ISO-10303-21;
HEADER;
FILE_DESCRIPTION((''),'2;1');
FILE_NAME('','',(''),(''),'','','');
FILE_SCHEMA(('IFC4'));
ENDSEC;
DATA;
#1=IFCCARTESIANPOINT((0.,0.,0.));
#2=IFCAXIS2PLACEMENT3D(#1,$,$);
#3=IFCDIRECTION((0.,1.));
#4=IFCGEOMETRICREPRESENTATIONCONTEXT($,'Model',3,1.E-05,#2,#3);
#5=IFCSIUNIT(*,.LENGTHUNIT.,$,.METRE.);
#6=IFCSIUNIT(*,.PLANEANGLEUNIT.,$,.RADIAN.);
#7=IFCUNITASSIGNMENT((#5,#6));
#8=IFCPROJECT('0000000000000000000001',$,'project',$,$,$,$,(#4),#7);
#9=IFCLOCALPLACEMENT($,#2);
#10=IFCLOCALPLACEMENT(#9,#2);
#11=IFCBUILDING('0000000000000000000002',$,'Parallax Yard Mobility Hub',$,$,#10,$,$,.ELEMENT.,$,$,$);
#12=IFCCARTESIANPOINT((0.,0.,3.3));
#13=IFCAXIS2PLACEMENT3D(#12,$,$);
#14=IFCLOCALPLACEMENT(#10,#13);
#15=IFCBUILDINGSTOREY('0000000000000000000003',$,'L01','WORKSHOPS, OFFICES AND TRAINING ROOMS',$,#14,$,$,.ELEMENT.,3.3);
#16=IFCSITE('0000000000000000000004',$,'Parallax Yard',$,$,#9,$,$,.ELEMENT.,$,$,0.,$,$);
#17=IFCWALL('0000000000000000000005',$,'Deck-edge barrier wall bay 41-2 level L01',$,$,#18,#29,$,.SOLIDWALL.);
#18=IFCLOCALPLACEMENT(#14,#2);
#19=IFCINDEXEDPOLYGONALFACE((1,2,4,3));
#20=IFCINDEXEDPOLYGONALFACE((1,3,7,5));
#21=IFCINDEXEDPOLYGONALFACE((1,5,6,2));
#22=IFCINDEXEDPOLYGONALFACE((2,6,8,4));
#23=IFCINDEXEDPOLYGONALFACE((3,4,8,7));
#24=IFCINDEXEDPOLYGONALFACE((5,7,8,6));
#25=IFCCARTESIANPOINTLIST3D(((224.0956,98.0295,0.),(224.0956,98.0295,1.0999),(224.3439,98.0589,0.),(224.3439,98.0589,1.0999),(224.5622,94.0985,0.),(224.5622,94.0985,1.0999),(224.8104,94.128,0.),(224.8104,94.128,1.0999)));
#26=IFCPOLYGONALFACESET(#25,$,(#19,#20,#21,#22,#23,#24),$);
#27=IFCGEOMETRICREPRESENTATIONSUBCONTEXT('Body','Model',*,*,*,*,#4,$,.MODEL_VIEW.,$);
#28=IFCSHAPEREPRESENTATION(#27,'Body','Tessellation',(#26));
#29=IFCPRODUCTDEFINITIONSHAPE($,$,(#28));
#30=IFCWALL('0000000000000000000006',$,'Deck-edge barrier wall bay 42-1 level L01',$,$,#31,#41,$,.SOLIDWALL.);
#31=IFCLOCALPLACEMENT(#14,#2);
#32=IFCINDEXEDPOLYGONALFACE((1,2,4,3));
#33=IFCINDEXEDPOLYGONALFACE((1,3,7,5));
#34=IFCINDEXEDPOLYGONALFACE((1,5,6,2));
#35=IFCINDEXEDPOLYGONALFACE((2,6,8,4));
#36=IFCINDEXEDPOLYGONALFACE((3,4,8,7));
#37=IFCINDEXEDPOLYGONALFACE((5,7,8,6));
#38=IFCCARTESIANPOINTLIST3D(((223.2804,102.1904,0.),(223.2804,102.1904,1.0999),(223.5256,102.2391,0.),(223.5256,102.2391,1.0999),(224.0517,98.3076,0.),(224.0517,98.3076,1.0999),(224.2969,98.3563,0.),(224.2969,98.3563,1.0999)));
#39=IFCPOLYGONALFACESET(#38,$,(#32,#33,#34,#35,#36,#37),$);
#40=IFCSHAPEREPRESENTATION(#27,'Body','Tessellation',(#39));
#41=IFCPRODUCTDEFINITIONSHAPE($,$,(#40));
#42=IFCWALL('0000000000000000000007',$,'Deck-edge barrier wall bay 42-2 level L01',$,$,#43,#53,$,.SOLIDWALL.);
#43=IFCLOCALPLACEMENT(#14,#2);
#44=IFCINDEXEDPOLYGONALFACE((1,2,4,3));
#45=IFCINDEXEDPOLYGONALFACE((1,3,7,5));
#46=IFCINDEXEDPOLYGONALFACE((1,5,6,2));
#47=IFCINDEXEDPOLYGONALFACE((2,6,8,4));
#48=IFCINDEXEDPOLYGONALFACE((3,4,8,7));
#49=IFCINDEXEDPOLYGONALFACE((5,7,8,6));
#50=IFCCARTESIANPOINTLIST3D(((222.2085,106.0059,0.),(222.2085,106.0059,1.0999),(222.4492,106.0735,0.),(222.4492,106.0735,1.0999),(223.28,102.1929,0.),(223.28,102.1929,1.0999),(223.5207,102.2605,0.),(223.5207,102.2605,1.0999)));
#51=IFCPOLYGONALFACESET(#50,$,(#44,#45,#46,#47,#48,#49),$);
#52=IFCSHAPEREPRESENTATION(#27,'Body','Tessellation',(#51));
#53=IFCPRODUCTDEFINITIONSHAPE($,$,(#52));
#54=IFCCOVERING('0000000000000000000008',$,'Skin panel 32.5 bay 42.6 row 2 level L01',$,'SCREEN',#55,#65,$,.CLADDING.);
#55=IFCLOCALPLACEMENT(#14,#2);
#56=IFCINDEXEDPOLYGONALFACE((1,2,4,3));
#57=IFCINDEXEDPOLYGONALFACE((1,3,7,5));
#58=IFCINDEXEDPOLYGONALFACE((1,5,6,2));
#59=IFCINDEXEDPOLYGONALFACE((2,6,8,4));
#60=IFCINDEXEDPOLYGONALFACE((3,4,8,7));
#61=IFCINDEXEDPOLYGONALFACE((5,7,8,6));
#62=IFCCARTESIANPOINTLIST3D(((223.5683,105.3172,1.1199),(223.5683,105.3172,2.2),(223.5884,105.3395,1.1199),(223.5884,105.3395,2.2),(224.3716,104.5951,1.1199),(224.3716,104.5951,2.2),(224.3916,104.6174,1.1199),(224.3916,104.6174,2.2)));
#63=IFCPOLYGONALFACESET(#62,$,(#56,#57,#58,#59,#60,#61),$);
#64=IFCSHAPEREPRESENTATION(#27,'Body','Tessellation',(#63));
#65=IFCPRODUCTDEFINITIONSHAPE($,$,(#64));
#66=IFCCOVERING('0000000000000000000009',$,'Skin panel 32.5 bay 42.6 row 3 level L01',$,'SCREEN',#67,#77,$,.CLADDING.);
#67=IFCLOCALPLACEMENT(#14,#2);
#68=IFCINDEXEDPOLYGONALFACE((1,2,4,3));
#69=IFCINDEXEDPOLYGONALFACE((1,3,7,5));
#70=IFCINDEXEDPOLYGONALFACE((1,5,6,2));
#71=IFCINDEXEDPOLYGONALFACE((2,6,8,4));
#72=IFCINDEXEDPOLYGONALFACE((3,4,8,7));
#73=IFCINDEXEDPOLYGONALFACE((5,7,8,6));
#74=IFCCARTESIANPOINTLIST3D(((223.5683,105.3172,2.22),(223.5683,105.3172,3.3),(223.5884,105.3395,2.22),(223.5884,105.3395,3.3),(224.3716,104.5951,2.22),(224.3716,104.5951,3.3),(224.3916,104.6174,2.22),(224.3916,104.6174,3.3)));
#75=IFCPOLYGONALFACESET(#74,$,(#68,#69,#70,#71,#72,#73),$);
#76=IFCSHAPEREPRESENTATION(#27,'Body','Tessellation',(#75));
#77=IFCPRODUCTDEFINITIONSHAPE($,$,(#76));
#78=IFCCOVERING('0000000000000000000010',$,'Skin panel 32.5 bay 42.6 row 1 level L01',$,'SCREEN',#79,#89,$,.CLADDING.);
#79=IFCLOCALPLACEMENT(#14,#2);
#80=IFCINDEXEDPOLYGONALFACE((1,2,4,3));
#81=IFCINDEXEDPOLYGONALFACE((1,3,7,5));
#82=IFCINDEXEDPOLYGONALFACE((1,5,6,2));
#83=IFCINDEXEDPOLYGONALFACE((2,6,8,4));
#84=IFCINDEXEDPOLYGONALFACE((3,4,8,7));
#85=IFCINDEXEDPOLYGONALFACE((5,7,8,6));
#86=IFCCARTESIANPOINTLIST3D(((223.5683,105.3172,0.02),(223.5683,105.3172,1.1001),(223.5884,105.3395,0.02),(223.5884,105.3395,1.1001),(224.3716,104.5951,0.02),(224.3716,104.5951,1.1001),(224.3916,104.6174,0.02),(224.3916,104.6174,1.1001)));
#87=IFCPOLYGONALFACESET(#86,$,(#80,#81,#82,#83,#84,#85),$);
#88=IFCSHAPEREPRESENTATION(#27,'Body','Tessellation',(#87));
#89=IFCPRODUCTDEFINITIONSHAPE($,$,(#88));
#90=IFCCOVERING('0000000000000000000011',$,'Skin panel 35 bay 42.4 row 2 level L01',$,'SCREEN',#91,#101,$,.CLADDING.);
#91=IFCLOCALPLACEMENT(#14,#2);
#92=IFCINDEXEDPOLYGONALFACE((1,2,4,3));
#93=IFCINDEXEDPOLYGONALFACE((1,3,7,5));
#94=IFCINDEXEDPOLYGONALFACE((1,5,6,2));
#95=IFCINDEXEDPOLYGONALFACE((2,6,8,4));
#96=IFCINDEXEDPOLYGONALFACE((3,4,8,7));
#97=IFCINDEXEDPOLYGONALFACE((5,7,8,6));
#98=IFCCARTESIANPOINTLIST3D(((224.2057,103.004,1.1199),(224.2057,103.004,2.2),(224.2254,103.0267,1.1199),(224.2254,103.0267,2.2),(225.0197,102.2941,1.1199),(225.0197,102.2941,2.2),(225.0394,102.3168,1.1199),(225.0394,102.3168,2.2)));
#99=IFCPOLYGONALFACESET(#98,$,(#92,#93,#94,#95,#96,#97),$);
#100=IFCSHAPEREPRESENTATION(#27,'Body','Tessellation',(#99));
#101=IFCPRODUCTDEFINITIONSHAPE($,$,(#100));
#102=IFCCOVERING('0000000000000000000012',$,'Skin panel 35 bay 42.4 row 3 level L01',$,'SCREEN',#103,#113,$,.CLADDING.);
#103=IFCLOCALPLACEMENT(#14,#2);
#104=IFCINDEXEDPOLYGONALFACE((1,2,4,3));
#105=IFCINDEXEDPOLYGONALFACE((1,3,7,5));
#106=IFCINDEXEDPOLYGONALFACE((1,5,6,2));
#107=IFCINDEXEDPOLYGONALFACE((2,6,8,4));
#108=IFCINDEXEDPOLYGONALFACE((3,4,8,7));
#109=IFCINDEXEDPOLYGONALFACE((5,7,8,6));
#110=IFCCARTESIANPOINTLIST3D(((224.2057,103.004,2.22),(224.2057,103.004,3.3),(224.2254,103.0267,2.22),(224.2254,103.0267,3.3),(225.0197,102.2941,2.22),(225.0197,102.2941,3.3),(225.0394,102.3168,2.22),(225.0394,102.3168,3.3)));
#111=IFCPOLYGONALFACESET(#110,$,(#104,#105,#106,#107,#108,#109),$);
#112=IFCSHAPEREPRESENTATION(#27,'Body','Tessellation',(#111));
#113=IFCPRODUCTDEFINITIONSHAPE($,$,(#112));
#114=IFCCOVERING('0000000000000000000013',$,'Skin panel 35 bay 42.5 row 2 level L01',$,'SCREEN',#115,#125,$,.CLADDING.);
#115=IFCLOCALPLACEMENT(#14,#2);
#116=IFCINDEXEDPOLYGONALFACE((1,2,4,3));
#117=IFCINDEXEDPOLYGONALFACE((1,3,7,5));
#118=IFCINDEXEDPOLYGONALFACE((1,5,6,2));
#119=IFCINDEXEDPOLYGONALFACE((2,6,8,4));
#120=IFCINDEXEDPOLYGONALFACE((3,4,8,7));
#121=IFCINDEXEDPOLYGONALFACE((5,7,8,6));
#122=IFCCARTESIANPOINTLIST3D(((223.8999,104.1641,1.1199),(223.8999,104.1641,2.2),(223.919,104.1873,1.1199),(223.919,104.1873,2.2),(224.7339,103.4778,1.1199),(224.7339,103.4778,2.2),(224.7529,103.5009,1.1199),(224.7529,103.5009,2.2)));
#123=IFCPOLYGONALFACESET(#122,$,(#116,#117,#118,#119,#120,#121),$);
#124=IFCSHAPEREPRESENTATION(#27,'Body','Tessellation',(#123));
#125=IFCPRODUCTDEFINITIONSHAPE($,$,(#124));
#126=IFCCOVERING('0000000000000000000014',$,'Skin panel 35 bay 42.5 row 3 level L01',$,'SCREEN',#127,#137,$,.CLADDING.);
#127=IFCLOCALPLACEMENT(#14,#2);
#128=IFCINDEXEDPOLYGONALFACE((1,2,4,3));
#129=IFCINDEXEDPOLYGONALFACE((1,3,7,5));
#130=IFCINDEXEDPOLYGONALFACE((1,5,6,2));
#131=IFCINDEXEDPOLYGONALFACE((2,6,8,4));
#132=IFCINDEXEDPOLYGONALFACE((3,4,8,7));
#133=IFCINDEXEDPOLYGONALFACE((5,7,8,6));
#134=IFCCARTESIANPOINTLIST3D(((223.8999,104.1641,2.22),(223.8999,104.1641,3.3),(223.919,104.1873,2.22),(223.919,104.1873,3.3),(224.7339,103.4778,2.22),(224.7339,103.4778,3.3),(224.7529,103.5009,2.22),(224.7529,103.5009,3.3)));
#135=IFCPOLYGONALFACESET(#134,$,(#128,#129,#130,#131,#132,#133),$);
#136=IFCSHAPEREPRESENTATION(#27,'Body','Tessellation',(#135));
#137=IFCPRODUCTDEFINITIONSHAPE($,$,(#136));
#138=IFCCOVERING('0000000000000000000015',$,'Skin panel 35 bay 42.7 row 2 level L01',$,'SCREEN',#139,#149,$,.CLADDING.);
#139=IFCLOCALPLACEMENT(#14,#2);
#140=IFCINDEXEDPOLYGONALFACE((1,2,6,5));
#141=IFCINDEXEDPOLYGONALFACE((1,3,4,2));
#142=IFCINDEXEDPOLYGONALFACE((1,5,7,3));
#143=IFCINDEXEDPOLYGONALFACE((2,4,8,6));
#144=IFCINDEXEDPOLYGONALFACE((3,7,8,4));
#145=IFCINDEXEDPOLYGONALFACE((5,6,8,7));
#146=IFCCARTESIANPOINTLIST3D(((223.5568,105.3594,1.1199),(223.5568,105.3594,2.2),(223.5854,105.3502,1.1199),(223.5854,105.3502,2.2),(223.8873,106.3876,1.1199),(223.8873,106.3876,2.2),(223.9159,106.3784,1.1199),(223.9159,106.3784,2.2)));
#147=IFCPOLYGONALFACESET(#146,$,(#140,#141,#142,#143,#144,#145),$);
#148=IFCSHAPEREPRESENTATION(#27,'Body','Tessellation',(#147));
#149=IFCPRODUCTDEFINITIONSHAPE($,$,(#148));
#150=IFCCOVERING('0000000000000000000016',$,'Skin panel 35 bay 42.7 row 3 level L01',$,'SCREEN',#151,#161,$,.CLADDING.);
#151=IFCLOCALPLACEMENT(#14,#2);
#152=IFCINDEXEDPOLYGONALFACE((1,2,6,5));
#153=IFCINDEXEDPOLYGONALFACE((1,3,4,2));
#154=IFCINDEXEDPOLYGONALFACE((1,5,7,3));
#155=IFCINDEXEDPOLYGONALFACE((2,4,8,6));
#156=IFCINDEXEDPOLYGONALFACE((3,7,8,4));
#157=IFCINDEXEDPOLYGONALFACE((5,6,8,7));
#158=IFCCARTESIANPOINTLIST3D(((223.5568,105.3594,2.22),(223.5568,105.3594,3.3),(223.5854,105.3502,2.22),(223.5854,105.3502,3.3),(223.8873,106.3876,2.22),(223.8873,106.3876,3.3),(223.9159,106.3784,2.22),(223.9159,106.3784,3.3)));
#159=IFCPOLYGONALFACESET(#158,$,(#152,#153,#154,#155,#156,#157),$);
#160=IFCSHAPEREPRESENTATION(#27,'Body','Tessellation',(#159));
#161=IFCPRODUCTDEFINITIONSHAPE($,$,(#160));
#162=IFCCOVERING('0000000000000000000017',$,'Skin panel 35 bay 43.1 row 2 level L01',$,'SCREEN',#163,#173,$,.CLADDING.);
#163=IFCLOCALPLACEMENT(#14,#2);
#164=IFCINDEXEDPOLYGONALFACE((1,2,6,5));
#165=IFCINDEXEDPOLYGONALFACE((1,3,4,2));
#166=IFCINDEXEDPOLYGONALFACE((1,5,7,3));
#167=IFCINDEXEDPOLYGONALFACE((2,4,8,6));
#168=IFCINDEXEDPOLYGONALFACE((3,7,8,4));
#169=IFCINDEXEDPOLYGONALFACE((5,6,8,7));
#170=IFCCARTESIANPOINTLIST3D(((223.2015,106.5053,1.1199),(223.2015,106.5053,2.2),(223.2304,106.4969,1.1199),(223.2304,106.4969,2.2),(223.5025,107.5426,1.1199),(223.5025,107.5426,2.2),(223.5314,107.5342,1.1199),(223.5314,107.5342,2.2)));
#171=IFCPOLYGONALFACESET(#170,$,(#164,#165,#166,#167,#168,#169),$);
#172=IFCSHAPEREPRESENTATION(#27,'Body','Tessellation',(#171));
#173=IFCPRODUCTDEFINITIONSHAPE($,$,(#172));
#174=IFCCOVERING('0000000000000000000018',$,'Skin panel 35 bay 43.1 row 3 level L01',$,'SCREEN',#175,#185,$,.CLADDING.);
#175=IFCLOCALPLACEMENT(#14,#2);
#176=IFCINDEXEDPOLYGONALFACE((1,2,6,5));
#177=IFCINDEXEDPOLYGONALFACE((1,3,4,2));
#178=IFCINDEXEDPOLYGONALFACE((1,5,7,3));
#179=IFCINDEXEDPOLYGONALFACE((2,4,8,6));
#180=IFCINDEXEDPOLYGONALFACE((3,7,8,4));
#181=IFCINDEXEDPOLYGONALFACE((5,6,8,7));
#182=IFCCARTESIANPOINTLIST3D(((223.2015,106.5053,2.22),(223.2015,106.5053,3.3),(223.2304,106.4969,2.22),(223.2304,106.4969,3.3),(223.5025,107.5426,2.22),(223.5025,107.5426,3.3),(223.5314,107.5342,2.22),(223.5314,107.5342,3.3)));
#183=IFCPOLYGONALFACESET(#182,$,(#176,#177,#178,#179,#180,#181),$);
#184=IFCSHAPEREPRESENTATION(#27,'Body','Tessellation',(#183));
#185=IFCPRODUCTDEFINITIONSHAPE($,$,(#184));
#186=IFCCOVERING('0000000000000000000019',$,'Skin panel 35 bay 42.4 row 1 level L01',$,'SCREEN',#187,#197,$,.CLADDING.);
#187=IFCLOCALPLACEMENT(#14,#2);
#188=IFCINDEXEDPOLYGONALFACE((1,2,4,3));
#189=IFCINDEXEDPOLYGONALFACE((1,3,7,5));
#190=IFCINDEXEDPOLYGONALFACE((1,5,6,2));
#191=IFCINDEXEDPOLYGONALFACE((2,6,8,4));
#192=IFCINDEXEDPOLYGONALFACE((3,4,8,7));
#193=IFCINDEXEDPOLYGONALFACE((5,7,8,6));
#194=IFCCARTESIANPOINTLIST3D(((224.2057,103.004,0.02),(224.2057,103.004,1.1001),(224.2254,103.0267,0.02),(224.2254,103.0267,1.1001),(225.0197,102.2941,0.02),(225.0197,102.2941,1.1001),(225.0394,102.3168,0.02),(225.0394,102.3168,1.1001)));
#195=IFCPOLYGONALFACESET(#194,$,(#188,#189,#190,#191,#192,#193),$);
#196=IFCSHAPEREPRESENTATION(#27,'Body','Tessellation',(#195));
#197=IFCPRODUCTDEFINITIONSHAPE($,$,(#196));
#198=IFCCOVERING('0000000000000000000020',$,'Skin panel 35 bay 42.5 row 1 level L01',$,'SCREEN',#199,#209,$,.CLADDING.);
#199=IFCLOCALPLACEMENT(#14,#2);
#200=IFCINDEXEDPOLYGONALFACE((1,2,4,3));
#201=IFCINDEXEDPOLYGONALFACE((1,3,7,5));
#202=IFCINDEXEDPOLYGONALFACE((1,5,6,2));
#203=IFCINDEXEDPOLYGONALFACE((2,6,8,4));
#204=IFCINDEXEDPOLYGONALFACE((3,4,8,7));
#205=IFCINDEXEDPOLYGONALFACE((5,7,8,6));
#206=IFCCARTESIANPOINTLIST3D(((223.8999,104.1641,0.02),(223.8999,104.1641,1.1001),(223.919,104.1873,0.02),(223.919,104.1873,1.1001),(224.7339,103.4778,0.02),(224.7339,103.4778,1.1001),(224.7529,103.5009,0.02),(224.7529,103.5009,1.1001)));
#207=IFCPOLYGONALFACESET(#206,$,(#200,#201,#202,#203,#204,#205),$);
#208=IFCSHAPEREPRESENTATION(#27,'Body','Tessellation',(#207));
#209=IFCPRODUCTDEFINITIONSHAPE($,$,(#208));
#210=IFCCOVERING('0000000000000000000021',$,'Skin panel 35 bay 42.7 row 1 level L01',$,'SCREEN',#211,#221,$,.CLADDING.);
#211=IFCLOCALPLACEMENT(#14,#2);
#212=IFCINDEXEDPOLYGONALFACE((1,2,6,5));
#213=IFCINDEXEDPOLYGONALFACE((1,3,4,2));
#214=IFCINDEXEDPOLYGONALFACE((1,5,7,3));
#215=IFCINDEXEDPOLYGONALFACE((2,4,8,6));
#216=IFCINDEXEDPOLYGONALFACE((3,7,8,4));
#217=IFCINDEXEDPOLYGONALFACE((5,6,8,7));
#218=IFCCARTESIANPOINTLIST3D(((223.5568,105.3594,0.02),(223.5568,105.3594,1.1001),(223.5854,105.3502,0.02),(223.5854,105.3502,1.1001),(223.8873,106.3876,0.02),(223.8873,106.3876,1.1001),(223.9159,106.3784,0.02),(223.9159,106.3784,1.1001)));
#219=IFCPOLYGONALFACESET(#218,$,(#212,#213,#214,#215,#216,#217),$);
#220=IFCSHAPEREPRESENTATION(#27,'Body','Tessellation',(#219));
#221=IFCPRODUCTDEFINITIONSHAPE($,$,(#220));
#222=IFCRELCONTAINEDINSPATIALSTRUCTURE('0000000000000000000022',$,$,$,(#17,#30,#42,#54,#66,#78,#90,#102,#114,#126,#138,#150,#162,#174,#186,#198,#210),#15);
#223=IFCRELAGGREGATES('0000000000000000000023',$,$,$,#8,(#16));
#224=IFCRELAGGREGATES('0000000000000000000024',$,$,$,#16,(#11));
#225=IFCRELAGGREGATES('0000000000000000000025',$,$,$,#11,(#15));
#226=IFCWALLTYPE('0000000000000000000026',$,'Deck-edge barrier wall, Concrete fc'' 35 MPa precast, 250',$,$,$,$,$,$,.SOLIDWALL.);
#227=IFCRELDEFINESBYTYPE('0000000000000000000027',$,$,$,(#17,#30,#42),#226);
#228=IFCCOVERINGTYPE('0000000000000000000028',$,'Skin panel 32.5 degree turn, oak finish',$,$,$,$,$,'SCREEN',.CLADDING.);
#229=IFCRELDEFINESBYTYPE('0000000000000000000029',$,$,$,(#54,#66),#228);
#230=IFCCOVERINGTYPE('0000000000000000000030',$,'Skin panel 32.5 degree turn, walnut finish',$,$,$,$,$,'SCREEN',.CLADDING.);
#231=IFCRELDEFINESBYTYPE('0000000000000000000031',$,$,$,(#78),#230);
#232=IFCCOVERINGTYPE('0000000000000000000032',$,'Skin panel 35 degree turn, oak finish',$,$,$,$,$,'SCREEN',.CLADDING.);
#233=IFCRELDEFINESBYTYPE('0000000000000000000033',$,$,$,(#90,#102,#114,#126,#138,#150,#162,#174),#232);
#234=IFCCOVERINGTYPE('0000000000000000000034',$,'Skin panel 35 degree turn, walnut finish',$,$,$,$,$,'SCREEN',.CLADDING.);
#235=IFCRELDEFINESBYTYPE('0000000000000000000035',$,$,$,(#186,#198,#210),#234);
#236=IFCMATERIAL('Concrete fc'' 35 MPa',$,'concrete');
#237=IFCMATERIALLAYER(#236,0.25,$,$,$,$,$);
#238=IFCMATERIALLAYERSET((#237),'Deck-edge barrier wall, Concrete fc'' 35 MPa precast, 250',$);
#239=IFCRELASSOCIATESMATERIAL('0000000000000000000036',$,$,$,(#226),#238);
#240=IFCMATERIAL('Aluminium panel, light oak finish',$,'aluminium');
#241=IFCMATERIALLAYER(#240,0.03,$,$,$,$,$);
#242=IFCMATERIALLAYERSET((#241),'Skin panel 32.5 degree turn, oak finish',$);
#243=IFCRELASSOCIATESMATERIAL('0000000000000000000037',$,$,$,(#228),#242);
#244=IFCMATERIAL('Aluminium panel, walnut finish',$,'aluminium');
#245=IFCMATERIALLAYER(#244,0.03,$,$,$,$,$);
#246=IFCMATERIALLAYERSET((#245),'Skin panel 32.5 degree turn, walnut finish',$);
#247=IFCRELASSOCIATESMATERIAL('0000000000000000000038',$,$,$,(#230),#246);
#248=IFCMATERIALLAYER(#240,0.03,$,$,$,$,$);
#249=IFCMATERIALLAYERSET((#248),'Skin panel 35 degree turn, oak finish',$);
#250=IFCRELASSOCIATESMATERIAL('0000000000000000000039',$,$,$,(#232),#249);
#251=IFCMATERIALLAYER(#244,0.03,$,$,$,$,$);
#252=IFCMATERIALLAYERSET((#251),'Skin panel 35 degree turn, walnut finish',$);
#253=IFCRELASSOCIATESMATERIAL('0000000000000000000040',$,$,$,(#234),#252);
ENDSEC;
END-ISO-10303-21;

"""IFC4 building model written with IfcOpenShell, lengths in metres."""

from ifc_helpers import new_model, si_unit, direction, frame, frame_2d, origin, origin_2d, place, context, subcontext, project, spatial, rectangle, extrude, material, layer, layer_set, type_object, element, save


model = new_model("IFC4")

# Units and contexts
model_context = context("Model", 3, precision=1e-05, world=origin(), true_north=direction((0.0, 1.0)))
body_context = subcontext(model_context, "Body", "Model", "MODEL_VIEW")
ifc_project = project(units=[si_unit("LENGTHUNIT", "METRE"), si_unit("PLANEANGLEUNIT", "RADIAN")], contexts=[model_context])

# Site, building, storey
site_placement = place(None, origin())
site = spatial("IfcSite", under=ifc_project, at=site_placement, Name="Parallax Yard", CompositionType="ELEMENT", RefElevation=0.0)
building_placement = place(site_placement, origin())
building = spatial("IfcBuilding", under=site, at=building_placement, Name="Parallax Yard Mobility Hub", CompositionType="ELEMENT")
storey_placement = place(building_placement, frame((0.0, 0.0, 3.3)))
storey = spatial("IfcBuildingStorey", under=building, at=storey_placement, Name="L01", Description="WORKSHOPS, OFFICES AND TRAINING ROOMS", CompositionType="ELEMENT", Elevation=3.3)

# Walls
ifc_material_1 = material(Name="Concrete fc' 35 MPa", Category="concrete")
ifc_layer_1 = layer(ifc_material_1, 0.25)
ifc_layer_set_1 = layer_set([ifc_layer_1], Name="Deck-edge barrier wall, Concrete fc' 35 MPa precast, 250")
wall_type = type_object("IfcWallType", Name="Deck-edge barrier wall, Concrete fc' 35 MPa precast, 250", PredefinedType="SOLIDWALL", material=ifc_layer_set_1)
wall_1_placement = place(storey_placement, frame((224.6863, 94.1133, 0.0), z_axis=(0.0, 0.0, 1.0), x_axis=(-0.117861, 0.99303, 0.0)))
element("IfcWall", 1, at=wall_1_placement, inside=storey, type_object=wall_type, Name="Deck-edge barrier wall bay 41-2 level L01", PredefinedType="SOLIDWALL", context=body_context, shape_type="SweptSolid", body=[
    extrude(rectangle(XDim=3.9585, YDim=0.25, at=frame_2d((1.9792, 0.0))), origin(), (0.0, 0.0, 1.0), 1.0999),
])
wall_2_placement = place(storey_placement, frame((224.1743, 98.3318, 0.0), z_axis=(0.0, 0.0, 1.0), x_axis=(-0.194823, 0.980838, 0.0)))
element("IfcWall", 2, at=wall_2_placement, inside=storey, type_object=wall_type, Name="Deck-edge barrier wall bay 42-1 level L01", PredefinedType="SOLIDWALL", context=body_context, shape_type="SweptSolid", body=[
    extrude(rectangle(XDim=3.9587, YDim=0.25, at=frame_2d((1.9795, 0.0))), origin(), (0.0, 0.0, 1.0), 1.0999),
])
wall_3_placement = place(storey_placement, frame((223.4004, 102.2266, 0.0), z_axis=(0.0, 0.0, 1.0), x_axis=(-0.270542, 0.962708, 0.0)))
element("IfcWall", 3, at=wall_3_placement, inside=storey, type_object=wall_type, Name="Deck-edge barrier wall bay 42-2 level L01", PredefinedType="SOLIDWALL", context=body_context, shape_type="SweptSolid", body=[
    extrude(rectangle(XDim=3.9607, YDim=0.25, at=frame_2d((1.9805, 0.0))), origin(), (0.0, 0.0, 1.0), 1.0999),
])

# Coverings
ifc_material_2 = material(Name="Aluminium panel, light oak finish", Category="aluminium")
ifc_layer_2 = layer(ifc_material_2, 0.03)
ifc_layer_set_2 = layer_set([ifc_layer_2], Name="Skin panel 32.5 degree turn, oak finish")
covering_type_1 = type_object("IfcCoveringType", Name="Skin panel 32.5 degree turn, oak finish", ElementType="SCREEN", PredefinedType="CLADDING", material=ifc_layer_set_2)
for number, where, z_axis, x_axis, name in (
    (4, (223.98, 104.9673, 1.1199), (0.0, 0.0, 1.0), (0.743676, -0.66854, 0.0), "Skin panel 32.5 bay 42.6 row 2 level L01"),
    (5, (223.98, 104.9673, 2.22), (0.0, 0.0, 1.0), (0.743676, -0.66854, 0.0), "Skin panel 32.5 bay 42.6 row 3 level L01"),
):
    element("IfcCovering", number, at=place(storey_placement, frame(where, z_axis=z_axis, x_axis=x_axis)), inside=storey, type_object=covering_type_1, Name=name, ObjectType="SCREEN", PredefinedType="CLADDING", context=body_context, shape_type="SweptSolid", body=[
        extrude(rectangle(XDim=1.0801, YDim=0.03, at=origin_2d()), origin(), (0.0, 0.0, 1.0), 1.0801),
    ])
ifc_material_3 = material(Name="Aluminium panel, walnut finish", Category="aluminium")
ifc_layer_3 = layer(ifc_material_3, 0.03)
ifc_layer_set_3 = layer_set([ifc_layer_3], Name="Skin panel 32.5 degree turn, walnut finish")
covering_type_2 = type_object("IfcCoveringType", Name="Skin panel 32.5 degree turn, walnut finish", ElementType="SCREEN", PredefinedType="CLADDING", material=ifc_layer_set_3)
covering_placement = place(storey_placement, frame((223.98, 104.9673, 0.02), z_axis=(0.0, 0.0, 1.0), x_axis=(0.743676, -0.66854, 0.0)))
element("IfcCovering", 6, at=covering_placement, inside=storey, type_object=covering_type_2, Name="Skin panel 32.5 bay 42.6 row 1 level L01", ObjectType="SCREEN", PredefinedType="CLADDING", context=body_context, shape_type="SweptSolid", body=[
    extrude(rectangle(XDim=1.0801, YDim=0.03, at=origin_2d()), origin(), (0.0, 0.0, 1.0), 1.0801),
])
ifc_layer_4 = layer(ifc_material_2, 0.03)
ifc_layer_set_4 = layer_set([ifc_layer_4], Name="Skin panel 35 degree turn, oak finish")
covering_type_3 = type_object("IfcCoveringType", Name="Skin panel 35 degree turn, oak finish", ElementType="SCREEN", PredefinedType="CLADDING", material=ifc_layer_set_4)
for number, where, z_axis, x_axis, name in (
    (7, (224.6226, 102.6604, 1.1199), (0.0, 0.0, 1.0), (0.753668, -0.657256, 0.0), "Skin panel 35 bay 42.4 row 2 level L01"),
    (8, (224.6226, 102.6604, 2.22), (0.0, 0.0, 1.0), (0.753668, -0.657256, 0.0), "Skin panel 35 bay 42.4 row 3 level L01"),
    (9, (224.3264, 103.8325, 1.1199), (0.0, 0.0, 1.0), (0.772129, -0.635465, 0.0), "Skin panel 35 bay 42.5 row 2 level L01"),
    (10, (224.3264, 103.8325, 2.22), (0.0, 0.0, 1.0), (0.772129, -0.635465, 0.0), "Skin panel 35 bay 42.5 row 3 level L01"),
    (11, (223.7363, 105.8689, 1.1199), (0.0, 0.0, 1.0), (0.305998, 0.952032, 0.0), "Skin panel 35 bay 42.7 row 2 level L01"),
    (12, (223.7363, 105.8689, 2.22), (0.0, 0.0, 1.0), (0.305998, 0.952032, 0.0), "Skin panel 35 bay 42.7 row 3 level L01"),
    (13, (223.3665, 107.0198, 1.1199), (0.0, 0.0, 1.0), (0.278686, 0.960382, 0.0), "Skin panel 35 bay 43.1 row 2 level L01"),
    (14, (223.3665, 107.0198, 2.22), (0.0, 0.0, 1.0), (0.278686, 0.960382, 0.0), "Skin panel 35 bay 43.1 row 3 level L01"),
):
    element("IfcCovering", number, at=place(storey_placement, frame(where, z_axis=z_axis, x_axis=x_axis)), inside=storey, type_object=covering_type_3, Name=name, ObjectType="SCREEN", PredefinedType="CLADDING", context=body_context, shape_type="SweptSolid", body=[
        extrude(rectangle(XDim=1.0801, YDim=0.03, at=origin_2d()), origin(), (0.0, 0.0, 1.0), 1.0801),
    ])
ifc_layer_5 = layer(ifc_material_3, 0.03)
ifc_layer_set_5 = layer_set([ifc_layer_5], Name="Skin panel 35 degree turn, walnut finish")
covering_type_4 = type_object("IfcCoveringType", Name="Skin panel 35 degree turn, walnut finish", ElementType="SCREEN", PredefinedType="CLADDING", material=ifc_layer_set_5)
for number, where, z_axis, x_axis, name in (
    (15, (224.6226, 102.6604, 0.02), (0.0, 0.0, 1.0), (0.753668, -0.657256, 0.0), "Skin panel 35 bay 42.4 row 1 level L01"),
    (16, (224.3264, 103.8325, 0.02), (0.0, 0.0, 1.0), (0.772129, -0.635465, 0.0), "Skin panel 35 bay 42.5 row 1 level L01"),
    (17, (223.7363, 105.8689, 0.02), (0.0, 0.0, 1.0), (0.305998, 0.952032, 0.0), "Skin panel 35 bay 42.7 row 1 level L01"),
):
    element("IfcCovering", number, at=place(storey_placement, frame(where, z_axis=z_axis, x_axis=x_axis)), inside=storey, type_object=covering_type_4, Name=name, ObjectType="SCREEN", PredefinedType="CLADDING", context=body_context, shape_type="SweptSolid", body=[
        extrude(rectangle(XDim=1.0801, YDim=0.03, at=origin_2d()), origin(), (0.0, 0.0, 1.0), 1.0801),
    ])

save(model, "model.ifc")
